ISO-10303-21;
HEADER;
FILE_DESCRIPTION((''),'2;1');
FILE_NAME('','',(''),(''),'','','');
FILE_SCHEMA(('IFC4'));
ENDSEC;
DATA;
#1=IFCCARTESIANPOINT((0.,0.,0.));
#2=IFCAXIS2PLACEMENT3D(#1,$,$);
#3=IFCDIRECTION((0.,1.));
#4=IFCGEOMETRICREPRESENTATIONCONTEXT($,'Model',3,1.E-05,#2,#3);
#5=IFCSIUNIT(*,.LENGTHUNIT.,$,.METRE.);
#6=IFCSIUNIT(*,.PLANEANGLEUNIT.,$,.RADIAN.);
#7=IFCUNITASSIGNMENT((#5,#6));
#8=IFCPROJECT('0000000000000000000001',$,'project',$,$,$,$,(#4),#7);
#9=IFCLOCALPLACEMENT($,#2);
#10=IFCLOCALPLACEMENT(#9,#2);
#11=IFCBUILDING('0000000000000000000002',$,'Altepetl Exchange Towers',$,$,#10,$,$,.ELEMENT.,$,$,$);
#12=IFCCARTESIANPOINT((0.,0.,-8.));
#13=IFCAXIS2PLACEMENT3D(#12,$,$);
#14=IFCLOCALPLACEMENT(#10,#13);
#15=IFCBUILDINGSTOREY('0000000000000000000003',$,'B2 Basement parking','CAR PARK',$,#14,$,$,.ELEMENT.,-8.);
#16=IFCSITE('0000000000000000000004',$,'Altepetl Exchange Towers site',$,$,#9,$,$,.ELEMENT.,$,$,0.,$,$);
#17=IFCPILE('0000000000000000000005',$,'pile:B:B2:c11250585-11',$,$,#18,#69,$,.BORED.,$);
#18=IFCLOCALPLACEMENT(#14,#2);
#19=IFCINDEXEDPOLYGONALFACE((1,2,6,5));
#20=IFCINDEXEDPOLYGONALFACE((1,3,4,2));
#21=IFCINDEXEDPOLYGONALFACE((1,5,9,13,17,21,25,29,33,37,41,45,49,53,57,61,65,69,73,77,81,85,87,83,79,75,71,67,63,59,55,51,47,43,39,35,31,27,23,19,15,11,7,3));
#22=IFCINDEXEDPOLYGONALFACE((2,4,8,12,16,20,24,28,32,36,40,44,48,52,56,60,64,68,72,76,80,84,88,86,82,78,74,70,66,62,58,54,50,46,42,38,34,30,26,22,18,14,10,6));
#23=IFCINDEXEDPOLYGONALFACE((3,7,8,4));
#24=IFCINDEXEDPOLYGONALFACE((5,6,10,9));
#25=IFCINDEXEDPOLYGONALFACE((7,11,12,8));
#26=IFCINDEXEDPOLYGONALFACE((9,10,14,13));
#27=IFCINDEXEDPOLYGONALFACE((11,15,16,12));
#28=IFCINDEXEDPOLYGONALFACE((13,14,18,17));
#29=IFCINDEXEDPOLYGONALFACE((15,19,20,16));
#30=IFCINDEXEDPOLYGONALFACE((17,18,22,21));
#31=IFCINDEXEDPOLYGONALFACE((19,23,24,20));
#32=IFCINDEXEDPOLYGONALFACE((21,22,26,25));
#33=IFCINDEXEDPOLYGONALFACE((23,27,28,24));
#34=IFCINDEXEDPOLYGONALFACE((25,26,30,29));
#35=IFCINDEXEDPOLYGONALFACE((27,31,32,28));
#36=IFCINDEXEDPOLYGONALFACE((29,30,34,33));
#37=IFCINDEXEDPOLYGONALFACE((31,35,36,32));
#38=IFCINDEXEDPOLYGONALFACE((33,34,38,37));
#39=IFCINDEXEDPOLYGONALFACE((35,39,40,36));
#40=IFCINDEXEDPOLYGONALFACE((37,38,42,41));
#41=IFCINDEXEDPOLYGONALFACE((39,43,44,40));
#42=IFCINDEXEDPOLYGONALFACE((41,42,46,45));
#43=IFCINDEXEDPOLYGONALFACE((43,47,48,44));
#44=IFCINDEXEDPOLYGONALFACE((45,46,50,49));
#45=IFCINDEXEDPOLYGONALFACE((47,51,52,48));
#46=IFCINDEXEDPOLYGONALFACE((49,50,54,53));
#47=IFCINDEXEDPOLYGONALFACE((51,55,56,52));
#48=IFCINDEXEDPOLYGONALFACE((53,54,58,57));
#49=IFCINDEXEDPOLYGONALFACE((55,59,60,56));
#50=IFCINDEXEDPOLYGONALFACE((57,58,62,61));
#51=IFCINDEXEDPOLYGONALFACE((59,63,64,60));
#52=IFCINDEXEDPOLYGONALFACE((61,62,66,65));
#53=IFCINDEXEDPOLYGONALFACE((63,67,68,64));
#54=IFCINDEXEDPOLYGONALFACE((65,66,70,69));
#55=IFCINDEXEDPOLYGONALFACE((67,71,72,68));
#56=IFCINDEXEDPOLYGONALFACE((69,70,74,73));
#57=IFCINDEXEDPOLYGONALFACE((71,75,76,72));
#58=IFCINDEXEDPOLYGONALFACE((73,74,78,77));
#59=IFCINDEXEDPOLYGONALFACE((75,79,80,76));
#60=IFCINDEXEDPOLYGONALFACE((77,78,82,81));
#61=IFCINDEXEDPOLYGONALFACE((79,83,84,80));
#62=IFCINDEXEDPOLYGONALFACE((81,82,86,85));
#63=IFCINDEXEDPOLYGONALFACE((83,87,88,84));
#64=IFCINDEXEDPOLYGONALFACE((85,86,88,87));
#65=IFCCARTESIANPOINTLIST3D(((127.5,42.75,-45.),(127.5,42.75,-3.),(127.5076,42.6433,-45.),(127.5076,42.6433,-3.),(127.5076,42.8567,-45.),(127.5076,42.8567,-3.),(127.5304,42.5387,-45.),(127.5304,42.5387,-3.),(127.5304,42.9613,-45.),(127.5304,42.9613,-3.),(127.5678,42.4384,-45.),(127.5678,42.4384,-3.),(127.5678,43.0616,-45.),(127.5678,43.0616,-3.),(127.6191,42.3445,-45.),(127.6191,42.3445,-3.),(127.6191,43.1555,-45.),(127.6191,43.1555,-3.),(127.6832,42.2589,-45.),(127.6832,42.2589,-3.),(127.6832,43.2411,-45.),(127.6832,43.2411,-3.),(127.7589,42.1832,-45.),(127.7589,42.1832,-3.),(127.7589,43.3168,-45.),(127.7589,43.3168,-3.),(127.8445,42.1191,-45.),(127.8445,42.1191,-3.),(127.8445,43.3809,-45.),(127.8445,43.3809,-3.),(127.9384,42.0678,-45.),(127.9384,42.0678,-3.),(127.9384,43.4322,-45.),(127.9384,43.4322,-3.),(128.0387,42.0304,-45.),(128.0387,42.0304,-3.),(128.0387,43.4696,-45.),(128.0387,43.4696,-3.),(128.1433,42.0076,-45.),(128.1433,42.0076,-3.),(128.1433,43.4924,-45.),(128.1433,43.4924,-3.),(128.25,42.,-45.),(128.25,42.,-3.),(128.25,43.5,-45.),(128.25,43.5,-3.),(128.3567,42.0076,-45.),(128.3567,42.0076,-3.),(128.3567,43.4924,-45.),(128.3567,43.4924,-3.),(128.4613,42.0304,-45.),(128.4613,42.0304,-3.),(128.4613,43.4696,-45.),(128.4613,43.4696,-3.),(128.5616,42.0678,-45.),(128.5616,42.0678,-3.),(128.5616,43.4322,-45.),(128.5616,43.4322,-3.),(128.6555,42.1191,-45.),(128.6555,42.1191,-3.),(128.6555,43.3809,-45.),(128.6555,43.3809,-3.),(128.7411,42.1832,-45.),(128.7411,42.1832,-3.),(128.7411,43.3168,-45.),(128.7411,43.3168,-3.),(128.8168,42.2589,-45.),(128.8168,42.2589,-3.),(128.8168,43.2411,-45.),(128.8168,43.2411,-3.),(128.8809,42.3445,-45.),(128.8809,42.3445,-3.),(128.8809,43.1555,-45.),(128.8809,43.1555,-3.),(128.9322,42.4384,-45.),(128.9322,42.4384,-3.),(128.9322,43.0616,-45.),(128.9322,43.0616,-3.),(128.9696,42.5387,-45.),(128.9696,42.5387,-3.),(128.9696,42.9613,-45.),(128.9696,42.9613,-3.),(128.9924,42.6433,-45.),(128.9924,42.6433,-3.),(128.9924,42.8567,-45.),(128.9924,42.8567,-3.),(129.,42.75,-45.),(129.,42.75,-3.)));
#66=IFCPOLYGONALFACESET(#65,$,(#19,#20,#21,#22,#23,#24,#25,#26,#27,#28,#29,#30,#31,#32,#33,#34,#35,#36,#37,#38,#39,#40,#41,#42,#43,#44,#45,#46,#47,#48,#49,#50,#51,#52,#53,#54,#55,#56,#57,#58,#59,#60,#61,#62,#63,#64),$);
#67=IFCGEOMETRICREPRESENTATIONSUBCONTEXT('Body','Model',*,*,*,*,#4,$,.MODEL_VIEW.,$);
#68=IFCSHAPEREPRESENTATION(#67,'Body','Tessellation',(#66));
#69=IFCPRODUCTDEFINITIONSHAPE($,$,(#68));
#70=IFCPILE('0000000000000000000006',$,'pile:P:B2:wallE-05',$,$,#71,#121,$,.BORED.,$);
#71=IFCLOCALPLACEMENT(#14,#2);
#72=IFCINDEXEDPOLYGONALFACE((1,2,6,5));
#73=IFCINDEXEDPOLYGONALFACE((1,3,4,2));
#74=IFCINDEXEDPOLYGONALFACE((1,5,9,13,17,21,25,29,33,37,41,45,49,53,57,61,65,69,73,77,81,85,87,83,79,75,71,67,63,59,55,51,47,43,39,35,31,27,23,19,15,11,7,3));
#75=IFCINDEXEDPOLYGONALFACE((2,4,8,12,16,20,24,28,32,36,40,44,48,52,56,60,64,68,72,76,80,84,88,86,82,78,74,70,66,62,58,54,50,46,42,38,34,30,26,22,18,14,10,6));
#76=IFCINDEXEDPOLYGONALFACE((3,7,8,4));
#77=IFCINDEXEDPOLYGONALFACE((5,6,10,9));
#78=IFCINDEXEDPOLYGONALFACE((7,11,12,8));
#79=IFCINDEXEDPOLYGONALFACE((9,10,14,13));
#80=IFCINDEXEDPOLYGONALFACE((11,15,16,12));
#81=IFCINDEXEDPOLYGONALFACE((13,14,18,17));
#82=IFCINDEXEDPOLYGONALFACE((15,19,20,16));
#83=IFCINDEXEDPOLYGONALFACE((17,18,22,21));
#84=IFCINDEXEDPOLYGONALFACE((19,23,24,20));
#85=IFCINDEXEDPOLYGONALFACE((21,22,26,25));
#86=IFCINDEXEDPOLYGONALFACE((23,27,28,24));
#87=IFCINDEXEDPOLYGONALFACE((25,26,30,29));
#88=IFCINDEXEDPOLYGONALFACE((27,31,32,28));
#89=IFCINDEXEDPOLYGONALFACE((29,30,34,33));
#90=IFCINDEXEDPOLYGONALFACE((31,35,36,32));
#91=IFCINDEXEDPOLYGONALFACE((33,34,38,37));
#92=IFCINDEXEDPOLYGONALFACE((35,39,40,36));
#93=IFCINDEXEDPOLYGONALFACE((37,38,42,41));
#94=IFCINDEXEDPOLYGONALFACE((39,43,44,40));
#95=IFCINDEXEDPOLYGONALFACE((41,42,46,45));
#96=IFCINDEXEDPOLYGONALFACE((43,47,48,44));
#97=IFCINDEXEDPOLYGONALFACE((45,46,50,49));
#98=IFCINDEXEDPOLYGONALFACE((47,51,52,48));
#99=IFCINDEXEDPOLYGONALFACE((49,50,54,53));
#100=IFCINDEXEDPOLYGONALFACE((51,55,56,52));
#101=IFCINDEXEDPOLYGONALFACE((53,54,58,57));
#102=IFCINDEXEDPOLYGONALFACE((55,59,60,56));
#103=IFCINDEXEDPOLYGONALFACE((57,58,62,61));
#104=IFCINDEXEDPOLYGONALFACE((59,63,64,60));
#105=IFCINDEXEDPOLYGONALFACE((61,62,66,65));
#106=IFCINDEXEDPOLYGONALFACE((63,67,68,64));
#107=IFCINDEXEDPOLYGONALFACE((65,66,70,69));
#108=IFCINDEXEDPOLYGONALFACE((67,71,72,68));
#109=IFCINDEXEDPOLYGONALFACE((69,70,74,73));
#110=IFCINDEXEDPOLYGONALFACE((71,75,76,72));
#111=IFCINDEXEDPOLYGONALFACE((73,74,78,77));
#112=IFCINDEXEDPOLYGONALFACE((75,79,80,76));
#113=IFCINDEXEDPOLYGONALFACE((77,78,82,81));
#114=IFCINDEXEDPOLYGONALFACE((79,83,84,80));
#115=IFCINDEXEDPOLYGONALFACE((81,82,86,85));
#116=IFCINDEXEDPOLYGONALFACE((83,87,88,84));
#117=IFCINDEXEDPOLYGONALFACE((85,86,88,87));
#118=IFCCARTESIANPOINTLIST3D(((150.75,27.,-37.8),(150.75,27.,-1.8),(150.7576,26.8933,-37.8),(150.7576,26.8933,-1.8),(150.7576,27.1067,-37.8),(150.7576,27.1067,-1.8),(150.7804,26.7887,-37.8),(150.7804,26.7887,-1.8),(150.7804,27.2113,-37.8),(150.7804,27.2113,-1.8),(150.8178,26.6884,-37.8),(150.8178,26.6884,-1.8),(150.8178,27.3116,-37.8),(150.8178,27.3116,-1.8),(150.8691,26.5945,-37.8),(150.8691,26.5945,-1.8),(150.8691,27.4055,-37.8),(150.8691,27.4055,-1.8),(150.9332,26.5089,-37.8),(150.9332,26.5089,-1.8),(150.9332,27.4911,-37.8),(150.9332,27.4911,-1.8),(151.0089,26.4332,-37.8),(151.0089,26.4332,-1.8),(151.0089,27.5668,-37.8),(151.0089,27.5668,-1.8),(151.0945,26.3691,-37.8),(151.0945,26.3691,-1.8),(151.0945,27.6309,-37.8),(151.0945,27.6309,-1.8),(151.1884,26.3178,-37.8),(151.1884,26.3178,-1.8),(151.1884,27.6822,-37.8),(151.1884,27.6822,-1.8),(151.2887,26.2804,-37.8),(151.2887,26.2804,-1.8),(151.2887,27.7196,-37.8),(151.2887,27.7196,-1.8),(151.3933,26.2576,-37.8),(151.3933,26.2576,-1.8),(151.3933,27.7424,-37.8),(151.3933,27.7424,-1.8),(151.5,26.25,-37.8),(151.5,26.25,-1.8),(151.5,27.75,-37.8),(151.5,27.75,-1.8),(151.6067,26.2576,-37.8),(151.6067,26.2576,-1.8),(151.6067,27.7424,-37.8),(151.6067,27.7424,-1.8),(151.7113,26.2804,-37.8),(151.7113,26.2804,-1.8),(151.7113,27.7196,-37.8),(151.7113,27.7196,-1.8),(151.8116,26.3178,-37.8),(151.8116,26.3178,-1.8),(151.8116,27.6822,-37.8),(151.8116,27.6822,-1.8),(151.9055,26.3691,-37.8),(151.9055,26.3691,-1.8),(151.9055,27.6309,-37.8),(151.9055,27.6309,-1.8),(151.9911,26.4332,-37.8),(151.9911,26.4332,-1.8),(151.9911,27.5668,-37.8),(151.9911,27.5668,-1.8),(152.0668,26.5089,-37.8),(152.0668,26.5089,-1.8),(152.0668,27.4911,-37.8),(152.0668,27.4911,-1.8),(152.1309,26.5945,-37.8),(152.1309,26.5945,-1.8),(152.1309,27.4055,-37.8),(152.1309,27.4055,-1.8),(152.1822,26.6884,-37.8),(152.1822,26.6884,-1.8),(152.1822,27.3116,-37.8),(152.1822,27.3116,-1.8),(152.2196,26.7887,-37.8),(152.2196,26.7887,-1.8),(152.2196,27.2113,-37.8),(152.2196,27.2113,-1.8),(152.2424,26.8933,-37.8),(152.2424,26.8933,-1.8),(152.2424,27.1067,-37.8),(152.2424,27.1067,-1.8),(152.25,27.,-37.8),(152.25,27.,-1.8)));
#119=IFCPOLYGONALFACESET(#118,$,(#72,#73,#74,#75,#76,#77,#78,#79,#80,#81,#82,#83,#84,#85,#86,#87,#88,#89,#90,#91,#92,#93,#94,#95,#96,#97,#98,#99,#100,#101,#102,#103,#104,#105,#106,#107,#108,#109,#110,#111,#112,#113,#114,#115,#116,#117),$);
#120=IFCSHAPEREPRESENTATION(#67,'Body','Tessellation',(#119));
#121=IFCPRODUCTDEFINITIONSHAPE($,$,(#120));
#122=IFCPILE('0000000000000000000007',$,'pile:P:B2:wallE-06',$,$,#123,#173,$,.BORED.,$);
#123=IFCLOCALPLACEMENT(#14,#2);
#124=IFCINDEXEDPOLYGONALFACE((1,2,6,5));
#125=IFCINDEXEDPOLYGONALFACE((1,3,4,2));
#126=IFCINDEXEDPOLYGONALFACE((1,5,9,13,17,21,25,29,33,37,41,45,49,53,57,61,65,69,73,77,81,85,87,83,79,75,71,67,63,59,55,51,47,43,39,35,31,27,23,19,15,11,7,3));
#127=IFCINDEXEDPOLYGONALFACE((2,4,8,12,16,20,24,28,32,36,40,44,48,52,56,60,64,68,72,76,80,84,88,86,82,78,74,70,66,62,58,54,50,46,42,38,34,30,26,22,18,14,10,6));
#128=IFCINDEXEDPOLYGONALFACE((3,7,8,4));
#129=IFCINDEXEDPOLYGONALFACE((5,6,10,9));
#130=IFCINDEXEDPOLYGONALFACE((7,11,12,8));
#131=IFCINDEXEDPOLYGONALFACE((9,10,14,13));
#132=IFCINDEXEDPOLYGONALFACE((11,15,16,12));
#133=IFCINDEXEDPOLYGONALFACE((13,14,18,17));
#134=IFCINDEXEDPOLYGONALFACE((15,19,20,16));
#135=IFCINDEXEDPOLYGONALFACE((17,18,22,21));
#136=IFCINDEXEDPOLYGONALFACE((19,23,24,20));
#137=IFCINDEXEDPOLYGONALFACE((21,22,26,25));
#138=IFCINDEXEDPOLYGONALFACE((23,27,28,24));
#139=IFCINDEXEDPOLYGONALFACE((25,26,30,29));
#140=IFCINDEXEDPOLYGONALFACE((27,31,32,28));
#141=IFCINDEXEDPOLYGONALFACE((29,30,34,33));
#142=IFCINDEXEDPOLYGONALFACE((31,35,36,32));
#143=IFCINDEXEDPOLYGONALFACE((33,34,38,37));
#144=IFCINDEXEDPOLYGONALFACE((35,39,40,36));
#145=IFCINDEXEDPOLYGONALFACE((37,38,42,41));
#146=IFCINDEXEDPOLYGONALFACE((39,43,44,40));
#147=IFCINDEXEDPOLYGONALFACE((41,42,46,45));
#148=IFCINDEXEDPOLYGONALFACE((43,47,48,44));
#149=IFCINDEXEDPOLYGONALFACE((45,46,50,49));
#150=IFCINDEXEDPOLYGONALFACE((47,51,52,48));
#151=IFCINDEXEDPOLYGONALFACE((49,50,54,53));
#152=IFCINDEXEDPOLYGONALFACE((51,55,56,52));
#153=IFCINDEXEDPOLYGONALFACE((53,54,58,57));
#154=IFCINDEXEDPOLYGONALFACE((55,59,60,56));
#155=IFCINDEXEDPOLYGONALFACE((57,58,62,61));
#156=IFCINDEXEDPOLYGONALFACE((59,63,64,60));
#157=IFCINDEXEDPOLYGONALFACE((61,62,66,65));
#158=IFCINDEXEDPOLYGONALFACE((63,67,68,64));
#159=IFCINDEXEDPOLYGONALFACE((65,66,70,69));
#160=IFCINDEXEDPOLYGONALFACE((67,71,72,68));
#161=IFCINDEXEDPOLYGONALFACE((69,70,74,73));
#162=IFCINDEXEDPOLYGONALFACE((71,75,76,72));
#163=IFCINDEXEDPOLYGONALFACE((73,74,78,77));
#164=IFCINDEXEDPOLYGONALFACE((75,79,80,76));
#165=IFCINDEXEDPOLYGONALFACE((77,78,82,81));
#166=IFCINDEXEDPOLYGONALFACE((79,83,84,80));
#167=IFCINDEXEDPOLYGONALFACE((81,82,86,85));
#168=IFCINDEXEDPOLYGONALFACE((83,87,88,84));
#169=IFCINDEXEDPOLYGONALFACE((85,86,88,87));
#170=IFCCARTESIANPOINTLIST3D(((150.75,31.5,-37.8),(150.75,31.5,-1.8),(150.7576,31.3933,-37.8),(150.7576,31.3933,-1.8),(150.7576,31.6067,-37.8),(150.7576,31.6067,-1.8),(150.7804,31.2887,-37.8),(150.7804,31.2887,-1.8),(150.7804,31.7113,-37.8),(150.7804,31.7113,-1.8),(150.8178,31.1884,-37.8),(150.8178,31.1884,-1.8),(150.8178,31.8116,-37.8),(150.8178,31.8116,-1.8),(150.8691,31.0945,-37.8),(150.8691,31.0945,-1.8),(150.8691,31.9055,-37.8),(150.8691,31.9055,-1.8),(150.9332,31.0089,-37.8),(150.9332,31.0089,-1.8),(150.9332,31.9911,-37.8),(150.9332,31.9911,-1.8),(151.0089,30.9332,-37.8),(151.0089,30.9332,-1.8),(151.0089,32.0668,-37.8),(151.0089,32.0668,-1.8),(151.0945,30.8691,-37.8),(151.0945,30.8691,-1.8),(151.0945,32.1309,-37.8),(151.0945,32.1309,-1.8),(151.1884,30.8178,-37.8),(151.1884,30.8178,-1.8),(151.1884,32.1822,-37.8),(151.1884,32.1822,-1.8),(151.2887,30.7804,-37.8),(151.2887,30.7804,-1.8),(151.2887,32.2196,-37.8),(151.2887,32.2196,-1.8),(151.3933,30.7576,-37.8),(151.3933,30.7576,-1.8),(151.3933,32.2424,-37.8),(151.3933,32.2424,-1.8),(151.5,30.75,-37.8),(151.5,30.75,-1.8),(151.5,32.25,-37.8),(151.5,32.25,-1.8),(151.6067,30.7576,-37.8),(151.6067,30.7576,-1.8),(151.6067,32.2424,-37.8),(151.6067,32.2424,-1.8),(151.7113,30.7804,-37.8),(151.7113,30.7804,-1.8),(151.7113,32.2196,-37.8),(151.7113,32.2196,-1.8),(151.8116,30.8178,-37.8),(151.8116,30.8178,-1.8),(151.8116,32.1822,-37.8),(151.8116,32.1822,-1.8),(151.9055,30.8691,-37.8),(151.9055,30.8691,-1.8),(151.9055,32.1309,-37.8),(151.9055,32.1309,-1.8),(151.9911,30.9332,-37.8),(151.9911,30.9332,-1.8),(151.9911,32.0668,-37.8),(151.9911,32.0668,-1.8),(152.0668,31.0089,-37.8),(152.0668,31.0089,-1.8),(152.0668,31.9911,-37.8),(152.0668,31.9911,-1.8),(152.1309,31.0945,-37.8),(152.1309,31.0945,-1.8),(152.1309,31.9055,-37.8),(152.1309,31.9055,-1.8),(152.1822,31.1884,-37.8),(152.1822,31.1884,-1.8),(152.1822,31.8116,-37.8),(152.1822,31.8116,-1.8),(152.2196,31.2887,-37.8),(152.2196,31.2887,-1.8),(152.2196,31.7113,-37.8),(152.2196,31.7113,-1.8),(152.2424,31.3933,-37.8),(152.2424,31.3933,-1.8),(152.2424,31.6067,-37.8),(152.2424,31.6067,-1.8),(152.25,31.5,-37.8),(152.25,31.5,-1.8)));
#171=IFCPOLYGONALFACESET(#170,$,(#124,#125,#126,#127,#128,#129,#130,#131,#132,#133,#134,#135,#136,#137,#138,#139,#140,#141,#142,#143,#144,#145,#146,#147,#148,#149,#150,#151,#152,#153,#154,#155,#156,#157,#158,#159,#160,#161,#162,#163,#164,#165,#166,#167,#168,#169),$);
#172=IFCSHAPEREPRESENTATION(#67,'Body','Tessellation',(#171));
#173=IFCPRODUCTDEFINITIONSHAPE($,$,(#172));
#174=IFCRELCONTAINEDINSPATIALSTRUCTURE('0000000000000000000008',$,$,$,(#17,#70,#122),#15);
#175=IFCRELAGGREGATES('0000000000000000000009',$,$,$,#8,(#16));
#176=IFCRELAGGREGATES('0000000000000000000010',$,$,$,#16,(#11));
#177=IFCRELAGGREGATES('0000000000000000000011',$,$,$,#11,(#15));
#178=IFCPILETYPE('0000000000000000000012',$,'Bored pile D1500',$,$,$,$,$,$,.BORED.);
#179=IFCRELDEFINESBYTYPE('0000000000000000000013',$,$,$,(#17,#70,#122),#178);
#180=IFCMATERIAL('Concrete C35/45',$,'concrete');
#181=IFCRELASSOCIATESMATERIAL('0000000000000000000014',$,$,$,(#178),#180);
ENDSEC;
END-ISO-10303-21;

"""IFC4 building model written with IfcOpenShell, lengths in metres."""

from ifc_helpers import new_model, si_unit, direction, frame, origin, origin_2d, place, context, subcontext, project, spatial, circle, extrude, material, material_profile, profile_set, type_object, element, save


model = new_model("IFC4")

# Units and contexts
model_context = context("Model", 3, precision=1e-05, world=origin(), true_north=direction((0.0, 1.0)))
body_context = subcontext(model_context, "Body", "Model", "MODEL_VIEW")
ifc_project = project(units=[si_unit("LENGTHUNIT", "METRE"), si_unit("PLANEANGLEUNIT", "RADIAN")], contexts=[model_context])

# Site, building, storey
site_placement = place(None, origin())
site = spatial("IfcSite", under=ifc_project, at=site_placement, Name="Altepetl Exchange Towers site", CompositionType="ELEMENT", RefElevation=0.0)
building_placement = place(site_placement, origin())
building = spatial("IfcBuilding", under=site, at=building_placement, Name="Altepetl Exchange Towers", CompositionType="ELEMENT")
storey_placement = place(building_placement, frame((0.0, 0.0, -8.0)))
storey = spatial("IfcBuildingStorey", under=building, at=storey_placement, Name="B2 Basement parking", Description="CAR PARK", CompositionType="ELEMENT", Elevation=-8.0)

# Piles
ifc_material_1 = material(Name="Concrete C35/45", Category="concrete")
ifc_material_profile_1 = material_profile(ifc_material_1, circle(Radius=0.75, at=origin_2d()), Name="D1500")
ifc_profile_set_1 = profile_set([ifc_material_profile_1], Name="Concrete C35/45")
pile_type_1 = type_object("IfcPileType", Name="Bored pile D1500", PredefinedType="BORED", material=ifc_profile_set_1)
for number, where, z_axis, x_axis, name in (
    (1, (128.25, 42.75, -3.0), (0.0, 0.0, -1.0), (1.0, 0.0, 0.0), "pile:B:B2:c11250585-11"),
):
    element("IfcPile", number, at=place(storey_placement, frame(where, z_axis=z_axis, x_axis=x_axis)), inside=storey, type_object=pile_type_1, Name=name, PredefinedType="BORED", context=body_context, shape_type="SweptSolid", body=[
        extrude(circle(Radius=0.75, at=origin_2d()), origin(), (0.0, 0.0, 1.0), 42.0),
    ])
for number, where, z_axis, x_axis, name in (
    (2, (151.5, 27.0, -1.8), (0.0, 0.0, -1.0), (1.0, 0.0, 0.0), "pile:P:B2:wallE-05"),
    (3, (151.5, 31.5, -1.8), (0.0, 0.0, -1.0), (1.0, 0.0, 0.0), "pile:P:B2:wallE-06"),
):
    element("IfcPile", number, at=place(storey_placement, frame(where, z_axis=z_axis, x_axis=x_axis)), inside=storey, type_object=pile_type_1, Name=name, PredefinedType="BORED", context=body_context, shape_type="SweptSolid", body=[
        extrude(circle(Radius=0.75, at=origin_2d()), origin(), (0.0, 0.0, 1.0), 36.0),
    ])

save(model, "model.ifc")
